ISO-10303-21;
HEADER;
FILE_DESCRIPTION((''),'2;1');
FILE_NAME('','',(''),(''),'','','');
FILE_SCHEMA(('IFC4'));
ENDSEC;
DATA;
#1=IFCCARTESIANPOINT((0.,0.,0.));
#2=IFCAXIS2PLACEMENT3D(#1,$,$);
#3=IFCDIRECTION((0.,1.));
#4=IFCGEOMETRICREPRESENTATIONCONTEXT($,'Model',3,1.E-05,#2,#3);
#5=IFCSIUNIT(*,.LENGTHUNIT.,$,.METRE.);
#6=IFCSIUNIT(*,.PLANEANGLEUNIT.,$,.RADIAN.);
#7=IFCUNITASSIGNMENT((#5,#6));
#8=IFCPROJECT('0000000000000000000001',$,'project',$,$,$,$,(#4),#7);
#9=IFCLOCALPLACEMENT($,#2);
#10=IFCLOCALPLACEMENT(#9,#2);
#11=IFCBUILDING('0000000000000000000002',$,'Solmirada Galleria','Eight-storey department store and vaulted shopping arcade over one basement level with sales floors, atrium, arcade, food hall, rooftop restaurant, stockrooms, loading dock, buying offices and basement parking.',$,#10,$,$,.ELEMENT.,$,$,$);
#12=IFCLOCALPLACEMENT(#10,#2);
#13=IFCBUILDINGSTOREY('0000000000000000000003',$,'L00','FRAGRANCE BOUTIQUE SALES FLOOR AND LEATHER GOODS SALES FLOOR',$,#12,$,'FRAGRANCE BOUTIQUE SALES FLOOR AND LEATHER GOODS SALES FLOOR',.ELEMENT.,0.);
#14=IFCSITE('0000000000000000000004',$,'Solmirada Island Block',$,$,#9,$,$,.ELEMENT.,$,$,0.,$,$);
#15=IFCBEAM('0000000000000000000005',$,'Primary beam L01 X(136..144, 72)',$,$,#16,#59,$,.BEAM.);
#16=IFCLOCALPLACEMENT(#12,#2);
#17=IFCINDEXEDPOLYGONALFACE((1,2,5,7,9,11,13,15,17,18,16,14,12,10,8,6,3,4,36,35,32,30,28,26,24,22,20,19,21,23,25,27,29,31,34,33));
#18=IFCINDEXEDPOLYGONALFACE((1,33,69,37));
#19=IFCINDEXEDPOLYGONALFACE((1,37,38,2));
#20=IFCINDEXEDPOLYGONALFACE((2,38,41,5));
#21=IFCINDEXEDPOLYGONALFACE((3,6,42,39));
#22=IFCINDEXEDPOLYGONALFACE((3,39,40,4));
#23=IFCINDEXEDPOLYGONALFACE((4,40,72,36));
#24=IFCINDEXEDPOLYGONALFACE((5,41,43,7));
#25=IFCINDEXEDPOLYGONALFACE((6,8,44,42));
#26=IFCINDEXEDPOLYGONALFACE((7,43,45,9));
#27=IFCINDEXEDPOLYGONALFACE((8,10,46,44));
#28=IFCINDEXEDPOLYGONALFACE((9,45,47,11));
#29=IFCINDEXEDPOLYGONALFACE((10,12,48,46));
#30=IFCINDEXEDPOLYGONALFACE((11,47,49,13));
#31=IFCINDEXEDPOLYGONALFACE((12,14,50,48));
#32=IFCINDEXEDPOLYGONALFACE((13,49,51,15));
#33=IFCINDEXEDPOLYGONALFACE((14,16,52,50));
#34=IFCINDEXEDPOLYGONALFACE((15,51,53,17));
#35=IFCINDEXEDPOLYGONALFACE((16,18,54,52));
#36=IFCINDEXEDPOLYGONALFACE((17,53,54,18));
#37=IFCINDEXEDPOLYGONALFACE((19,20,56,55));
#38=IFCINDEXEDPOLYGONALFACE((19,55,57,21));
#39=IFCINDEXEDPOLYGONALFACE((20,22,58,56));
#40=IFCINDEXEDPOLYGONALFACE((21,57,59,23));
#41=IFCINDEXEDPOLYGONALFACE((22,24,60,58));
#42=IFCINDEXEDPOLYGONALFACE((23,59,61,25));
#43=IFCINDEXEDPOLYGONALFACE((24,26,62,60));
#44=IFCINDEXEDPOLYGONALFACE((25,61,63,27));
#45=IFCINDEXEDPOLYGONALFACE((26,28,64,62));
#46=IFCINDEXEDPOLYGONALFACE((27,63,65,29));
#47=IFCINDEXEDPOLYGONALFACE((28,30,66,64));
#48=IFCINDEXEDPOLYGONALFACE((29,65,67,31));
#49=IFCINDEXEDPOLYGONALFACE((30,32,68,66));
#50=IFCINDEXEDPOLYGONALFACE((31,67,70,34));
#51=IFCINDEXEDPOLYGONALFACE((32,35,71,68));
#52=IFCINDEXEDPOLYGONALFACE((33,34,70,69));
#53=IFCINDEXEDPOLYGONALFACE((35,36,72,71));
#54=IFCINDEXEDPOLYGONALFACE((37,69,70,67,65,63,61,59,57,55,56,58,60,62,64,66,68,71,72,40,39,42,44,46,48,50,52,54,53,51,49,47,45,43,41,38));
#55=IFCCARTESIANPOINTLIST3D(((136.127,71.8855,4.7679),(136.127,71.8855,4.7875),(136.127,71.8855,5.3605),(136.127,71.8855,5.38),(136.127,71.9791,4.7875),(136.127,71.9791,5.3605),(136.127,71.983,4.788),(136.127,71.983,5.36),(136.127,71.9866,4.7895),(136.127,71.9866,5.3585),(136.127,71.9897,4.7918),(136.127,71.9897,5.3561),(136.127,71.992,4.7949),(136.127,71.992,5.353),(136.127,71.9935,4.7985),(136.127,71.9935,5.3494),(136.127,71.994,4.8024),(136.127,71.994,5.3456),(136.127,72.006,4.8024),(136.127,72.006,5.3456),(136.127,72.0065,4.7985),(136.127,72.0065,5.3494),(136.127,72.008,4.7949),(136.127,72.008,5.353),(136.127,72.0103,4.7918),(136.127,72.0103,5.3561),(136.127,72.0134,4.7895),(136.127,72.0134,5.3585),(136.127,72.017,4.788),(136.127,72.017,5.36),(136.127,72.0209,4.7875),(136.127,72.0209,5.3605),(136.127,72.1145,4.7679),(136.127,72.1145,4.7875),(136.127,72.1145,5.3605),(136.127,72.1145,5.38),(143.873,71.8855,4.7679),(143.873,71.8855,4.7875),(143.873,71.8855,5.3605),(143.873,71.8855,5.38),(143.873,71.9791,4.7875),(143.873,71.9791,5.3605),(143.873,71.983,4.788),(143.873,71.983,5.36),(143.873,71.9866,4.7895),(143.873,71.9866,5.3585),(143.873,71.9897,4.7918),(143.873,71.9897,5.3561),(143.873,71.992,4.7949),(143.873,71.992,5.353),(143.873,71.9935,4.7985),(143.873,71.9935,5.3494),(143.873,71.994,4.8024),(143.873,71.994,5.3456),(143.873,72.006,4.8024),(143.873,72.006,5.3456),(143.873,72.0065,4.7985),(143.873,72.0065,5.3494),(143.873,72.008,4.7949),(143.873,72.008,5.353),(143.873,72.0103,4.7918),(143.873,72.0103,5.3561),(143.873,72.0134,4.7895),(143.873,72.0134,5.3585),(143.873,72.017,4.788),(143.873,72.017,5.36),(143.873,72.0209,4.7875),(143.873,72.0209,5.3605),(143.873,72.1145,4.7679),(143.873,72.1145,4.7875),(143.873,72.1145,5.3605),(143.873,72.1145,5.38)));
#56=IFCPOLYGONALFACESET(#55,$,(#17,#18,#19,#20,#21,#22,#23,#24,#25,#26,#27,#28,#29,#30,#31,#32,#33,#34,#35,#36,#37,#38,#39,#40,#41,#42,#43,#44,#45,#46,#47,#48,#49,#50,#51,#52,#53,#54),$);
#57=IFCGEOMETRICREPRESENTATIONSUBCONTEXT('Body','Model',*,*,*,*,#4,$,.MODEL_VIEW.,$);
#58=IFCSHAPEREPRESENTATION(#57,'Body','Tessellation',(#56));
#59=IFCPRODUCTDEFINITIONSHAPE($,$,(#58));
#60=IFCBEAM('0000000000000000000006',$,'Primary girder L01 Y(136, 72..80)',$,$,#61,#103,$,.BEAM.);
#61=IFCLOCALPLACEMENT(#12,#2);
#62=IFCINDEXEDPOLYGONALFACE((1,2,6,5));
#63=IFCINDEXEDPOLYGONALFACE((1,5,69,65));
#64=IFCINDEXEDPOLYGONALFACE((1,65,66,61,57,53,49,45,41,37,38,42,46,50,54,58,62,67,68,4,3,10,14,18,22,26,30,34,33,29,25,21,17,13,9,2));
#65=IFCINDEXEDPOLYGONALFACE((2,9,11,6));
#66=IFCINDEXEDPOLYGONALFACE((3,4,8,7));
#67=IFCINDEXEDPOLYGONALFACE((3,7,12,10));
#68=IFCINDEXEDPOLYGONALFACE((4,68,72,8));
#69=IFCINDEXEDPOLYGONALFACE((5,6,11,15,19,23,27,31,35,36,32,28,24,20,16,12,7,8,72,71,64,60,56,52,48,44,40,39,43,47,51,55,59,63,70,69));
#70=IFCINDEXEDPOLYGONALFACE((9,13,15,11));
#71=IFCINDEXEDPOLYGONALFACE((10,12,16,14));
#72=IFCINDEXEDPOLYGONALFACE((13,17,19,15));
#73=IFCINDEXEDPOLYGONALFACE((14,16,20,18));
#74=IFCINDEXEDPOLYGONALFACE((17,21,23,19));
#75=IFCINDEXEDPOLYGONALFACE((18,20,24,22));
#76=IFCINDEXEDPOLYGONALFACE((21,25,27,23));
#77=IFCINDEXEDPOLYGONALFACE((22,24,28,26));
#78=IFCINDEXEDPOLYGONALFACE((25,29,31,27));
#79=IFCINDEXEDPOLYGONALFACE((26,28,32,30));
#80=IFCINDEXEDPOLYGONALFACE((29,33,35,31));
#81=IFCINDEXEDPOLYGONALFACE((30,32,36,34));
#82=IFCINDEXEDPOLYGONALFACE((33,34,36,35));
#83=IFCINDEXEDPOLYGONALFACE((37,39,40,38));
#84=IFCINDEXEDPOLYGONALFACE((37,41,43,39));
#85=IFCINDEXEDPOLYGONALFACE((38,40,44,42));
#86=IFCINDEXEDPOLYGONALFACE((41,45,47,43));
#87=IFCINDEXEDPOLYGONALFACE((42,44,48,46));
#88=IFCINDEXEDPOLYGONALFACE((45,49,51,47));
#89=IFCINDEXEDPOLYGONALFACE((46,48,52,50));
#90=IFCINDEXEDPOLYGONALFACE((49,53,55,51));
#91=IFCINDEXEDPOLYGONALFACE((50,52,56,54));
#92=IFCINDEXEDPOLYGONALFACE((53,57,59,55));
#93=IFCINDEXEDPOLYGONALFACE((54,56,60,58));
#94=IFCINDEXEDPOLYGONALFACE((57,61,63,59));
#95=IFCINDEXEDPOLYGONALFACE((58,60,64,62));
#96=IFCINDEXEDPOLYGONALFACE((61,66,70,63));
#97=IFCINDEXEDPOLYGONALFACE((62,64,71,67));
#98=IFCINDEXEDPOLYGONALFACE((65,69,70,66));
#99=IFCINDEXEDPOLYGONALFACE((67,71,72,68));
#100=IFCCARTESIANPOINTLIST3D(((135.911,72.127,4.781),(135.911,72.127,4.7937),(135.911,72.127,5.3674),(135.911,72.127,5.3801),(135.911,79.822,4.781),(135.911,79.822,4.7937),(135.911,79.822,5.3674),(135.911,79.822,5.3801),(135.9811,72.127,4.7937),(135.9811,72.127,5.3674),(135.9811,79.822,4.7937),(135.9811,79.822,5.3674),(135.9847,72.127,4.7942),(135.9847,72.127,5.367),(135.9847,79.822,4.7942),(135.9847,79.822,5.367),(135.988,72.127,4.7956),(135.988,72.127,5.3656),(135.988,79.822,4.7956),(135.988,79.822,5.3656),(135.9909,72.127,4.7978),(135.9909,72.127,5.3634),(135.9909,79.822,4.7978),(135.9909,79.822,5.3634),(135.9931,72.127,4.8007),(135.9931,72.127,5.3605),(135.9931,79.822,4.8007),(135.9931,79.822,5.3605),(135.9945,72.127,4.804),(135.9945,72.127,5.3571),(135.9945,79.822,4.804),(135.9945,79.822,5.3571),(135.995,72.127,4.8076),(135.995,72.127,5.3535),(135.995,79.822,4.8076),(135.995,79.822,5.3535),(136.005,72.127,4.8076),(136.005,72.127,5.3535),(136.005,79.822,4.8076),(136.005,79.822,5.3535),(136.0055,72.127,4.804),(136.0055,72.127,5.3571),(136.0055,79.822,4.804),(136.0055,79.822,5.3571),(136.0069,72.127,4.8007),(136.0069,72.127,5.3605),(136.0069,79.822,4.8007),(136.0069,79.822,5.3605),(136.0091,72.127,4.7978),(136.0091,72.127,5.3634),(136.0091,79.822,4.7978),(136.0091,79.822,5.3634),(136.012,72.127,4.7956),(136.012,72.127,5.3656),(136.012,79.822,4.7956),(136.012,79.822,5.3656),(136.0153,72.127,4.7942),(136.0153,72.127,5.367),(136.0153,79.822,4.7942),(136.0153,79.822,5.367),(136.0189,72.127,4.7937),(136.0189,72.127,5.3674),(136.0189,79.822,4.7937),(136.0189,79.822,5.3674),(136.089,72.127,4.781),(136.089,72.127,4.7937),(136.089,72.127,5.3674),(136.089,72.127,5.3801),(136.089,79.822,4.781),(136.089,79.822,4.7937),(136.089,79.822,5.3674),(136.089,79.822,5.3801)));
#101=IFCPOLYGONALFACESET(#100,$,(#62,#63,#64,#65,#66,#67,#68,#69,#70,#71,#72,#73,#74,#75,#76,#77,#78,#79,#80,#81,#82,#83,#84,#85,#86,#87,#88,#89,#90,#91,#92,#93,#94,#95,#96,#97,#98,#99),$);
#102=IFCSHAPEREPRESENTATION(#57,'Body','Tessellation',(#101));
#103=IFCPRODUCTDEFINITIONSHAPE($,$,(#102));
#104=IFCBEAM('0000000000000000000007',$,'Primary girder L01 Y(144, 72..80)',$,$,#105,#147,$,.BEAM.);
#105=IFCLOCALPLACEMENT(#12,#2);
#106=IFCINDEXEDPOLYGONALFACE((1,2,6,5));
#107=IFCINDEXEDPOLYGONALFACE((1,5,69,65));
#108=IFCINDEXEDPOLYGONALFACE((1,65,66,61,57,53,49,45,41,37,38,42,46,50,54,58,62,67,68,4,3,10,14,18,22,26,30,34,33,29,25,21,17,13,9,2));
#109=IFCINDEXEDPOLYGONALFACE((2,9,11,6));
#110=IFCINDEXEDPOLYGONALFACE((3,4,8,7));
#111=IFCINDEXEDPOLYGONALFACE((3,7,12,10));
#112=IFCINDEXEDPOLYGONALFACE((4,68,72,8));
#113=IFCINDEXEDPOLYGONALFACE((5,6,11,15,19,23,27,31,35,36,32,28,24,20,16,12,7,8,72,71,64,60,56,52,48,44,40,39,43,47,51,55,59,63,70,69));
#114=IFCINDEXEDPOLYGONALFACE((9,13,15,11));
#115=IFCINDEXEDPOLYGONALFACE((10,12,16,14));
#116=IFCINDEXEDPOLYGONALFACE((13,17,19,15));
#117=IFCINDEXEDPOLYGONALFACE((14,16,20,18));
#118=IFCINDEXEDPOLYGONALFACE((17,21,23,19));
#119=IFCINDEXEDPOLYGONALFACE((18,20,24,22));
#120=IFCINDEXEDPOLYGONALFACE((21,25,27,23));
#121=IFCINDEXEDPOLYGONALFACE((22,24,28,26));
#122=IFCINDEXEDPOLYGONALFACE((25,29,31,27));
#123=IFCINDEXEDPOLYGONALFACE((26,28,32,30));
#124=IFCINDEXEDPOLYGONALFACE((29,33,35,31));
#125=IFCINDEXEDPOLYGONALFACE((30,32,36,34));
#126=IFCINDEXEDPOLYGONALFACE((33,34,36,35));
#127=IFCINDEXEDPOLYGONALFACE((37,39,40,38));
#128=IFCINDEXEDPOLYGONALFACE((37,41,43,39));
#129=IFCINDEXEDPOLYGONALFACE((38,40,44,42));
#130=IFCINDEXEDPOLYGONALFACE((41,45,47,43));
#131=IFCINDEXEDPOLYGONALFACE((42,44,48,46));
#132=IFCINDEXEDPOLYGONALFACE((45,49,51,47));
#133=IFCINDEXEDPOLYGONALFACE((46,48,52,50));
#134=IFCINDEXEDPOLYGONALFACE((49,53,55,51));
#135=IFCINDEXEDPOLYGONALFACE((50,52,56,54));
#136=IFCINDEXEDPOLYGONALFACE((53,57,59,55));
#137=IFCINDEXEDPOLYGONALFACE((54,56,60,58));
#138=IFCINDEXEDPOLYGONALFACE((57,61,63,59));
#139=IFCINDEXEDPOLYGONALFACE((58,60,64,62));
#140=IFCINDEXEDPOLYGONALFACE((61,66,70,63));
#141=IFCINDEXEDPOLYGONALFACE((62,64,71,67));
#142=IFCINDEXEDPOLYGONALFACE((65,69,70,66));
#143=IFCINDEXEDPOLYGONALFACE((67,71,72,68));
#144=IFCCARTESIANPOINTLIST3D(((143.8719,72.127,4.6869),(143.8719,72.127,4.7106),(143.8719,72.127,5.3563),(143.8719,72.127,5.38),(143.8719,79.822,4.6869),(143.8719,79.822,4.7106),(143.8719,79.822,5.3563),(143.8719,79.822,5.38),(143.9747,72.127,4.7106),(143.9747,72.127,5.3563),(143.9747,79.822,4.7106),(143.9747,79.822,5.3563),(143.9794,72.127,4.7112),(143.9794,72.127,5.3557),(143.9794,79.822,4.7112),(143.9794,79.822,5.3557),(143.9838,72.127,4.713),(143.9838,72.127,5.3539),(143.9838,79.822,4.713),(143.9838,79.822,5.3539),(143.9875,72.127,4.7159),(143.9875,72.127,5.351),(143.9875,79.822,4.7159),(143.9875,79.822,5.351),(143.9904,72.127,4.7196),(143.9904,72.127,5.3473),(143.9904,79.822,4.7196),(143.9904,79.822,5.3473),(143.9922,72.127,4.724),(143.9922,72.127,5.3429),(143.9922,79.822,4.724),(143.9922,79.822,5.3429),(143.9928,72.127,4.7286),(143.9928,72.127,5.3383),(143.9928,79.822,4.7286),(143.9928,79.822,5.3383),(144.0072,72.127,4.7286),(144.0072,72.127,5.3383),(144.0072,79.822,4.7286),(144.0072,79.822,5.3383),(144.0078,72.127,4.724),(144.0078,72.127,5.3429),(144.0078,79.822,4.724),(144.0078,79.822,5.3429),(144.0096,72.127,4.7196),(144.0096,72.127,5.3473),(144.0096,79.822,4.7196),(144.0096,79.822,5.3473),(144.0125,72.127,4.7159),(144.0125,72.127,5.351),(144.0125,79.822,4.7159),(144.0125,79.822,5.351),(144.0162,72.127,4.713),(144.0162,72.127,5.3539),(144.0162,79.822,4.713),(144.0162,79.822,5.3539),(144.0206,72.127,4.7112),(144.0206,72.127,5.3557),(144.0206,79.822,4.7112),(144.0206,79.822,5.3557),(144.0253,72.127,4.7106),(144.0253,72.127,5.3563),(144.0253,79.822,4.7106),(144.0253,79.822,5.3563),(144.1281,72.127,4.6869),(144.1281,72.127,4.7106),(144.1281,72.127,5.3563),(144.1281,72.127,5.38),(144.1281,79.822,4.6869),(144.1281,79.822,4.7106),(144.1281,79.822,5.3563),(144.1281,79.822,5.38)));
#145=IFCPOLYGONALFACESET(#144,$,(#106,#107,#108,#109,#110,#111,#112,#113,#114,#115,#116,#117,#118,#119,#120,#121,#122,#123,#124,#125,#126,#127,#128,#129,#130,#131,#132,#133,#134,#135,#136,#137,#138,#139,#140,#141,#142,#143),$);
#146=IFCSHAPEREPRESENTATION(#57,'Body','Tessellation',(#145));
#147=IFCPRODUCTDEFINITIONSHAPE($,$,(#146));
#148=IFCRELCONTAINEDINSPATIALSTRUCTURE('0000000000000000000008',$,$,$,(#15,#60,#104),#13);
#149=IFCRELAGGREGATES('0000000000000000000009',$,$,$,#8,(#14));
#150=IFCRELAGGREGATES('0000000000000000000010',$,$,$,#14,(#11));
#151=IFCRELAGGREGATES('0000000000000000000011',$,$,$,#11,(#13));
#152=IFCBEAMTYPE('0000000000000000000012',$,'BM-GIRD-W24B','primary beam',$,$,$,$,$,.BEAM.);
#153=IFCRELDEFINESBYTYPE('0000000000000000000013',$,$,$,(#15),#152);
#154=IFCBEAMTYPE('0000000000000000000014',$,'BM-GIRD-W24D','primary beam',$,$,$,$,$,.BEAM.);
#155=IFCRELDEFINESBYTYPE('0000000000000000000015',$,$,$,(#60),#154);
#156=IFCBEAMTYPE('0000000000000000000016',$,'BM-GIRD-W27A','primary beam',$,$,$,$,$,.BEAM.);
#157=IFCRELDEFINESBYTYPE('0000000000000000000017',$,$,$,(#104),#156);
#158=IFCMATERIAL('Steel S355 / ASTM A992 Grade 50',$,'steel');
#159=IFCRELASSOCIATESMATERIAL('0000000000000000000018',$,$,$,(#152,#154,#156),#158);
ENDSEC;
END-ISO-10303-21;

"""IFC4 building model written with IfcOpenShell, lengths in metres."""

from ifc_helpers import new_model, si_unit, direction, frame, origin, origin_2d, place, context, subcontext, project, spatial, i_section, extrude, material, material_profile, profile_set, type_object, element, save


model = new_model("IFC4")

# Units and contexts
model_context = context("Model", 3, precision=1e-05, world=origin(), true_north=direction((0.0, 1.0)))
body_context = subcontext(model_context, "Body", "Model", "MODEL_VIEW")
ifc_project = project(units=[si_unit("LENGTHUNIT", "METRE"), si_unit("PLANEANGLEUNIT", "RADIAN")], contexts=[model_context])

# Site, building, storey
site_placement = place(None, origin())
site = spatial("IfcSite", under=ifc_project, at=site_placement, Name="Solmirada Island Block", CompositionType="ELEMENT", RefElevation=0.0)
building_placement = place(site_placement, origin())
building = spatial("IfcBuilding", under=site, at=building_placement, Name="Solmirada Galleria", Description="Eight-storey department store and vaulted shopping arcade over one basement level with sales floors, atrium, arcade, food hall, rooftop restaurant, stockrooms, loading dock, buying offices and basement parking.", CompositionType="ELEMENT")
storey_placement = place(building_placement, origin())
storey = spatial("IfcBuildingStorey", under=building, at=storey_placement, Name="L00", Description="FRAGRANCE BOUTIQUE SALES FLOOR AND LEATHER GOODS SALES FLOOR", LongName="FRAGRANCE BOUTIQUE SALES FLOOR AND LEATHER GOODS SALES FLOOR", CompositionType="ELEMENT", Elevation=0.0)

# Beams
ifc_material_1 = material(Name="Steel S355 / ASTM A992 Grade 50", Category="steel")
ifc_material_profile_1 = material_profile(ifc_material_1, i_section(OverallWidth=0.229, OverallDepth=0.6121, WebThickness=0.012, FlangeThickness=0.0195, FilletRadius=0.0149, at=origin_2d()), Name="W24X84")
ifc_profile_set_1 = profile_set([ifc_material_profile_1], Name="Steel S355 / ASTM A992 Grade 50")
beam_type_1 = type_object("IfcBeamType", Name="BM-GIRD-W24B", Description="primary beam", PredefinedType="BEAM", material=ifc_profile_set_1)
beam_1_placement = place(storey_placement, frame((136.127, 72.0, 5.074), z_axis=(1.0, 0.0, 0.0), x_axis=(0.0, 1.0, 0.0)))
element("IfcBeam", 1, at=beam_1_placement, inside=storey, type_object=beam_type_1, Name="Primary beam L01 X(136..144, 72)", PredefinedType="BEAM", context=body_context, shape_type="SweptSolid", body=[
    extrude(i_section(OverallWidth=0.229, OverallDepth=0.6121, WebThickness=0.012, FlangeThickness=0.0195, FilletRadius=0.0149, at=origin_2d()), origin(), (0.0, 0.0, 1.0), 7.7461),
])
ifc_material_profile_2 = material_profile(ifc_material_1, i_section(OverallWidth=0.178, OverallDepth=0.5991, WebThickness=0.01, FlangeThickness=0.0127, FilletRadius=0.0139, at=origin_2d()), Name="W24X55")
ifc_profile_set_2 = profile_set([ifc_material_profile_2], Name="Steel S355 / ASTM A992 Grade 50")
beam_type_2 = type_object("IfcBeamType", Name="BM-GIRD-W24D", Description="primary beam", PredefinedType="BEAM", material=ifc_profile_set_2)
beam_2_placement = place(storey_placement, frame((136.0, 72.127, 5.0806), z_axis=(0.0, 1.0, 0.0), x_axis=(-1.0, 0.0, 0.0)))
element("IfcBeam", 2, at=beam_2_placement, inside=storey, type_object=beam_type_2, Name="Primary girder L01 Y(136, 72..80)", PredefinedType="BEAM", context=body_context, shape_type="SweptSolid", body=[
    extrude(i_section(OverallWidth=0.178, OverallDepth=0.5991, WebThickness=0.01, FlangeThickness=0.0127, FilletRadius=0.0139, at=origin_2d()), origin(), (0.0, 0.0, 1.0), 7.6951),
])
ifc_material_profile_3 = material_profile(ifc_material_1, i_section(OverallWidth=0.2561, OverallDepth=0.6931, WebThickness=0.0144, FlangeThickness=0.0237, FilletRadius=0.0181, at=origin_2d()), Name="W27X114")
ifc_profile_set_3 = profile_set([ifc_material_profile_3], Name="Steel S355 / ASTM A992 Grade 50")
beam_type_3 = type_object("IfcBeamType", Name="BM-GIRD-W27A", Description="primary beam", PredefinedType="BEAM", material=ifc_profile_set_3)
beam_3_placement = place(storey_placement, frame((144.0, 72.127, 5.0334), z_axis=(0.0, 1.0, 0.0), x_axis=(-1.0, 0.0, 0.0)))
element("IfcBeam", 3, at=beam_3_placement, inside=storey, type_object=beam_type_3, Name="Primary girder L01 Y(144, 72..80)", PredefinedType="BEAM", context=body_context, shape_type="SweptSolid", body=[
    extrude(i_section(OverallWidth=0.2561, OverallDepth=0.6931, WebThickness=0.0144, FlangeThickness=0.0237, FilletRadius=0.0181, at=origin_2d()), origin(), (0.0, 0.0, 1.0), 7.6951),
])

save(model, "model.ifc")
